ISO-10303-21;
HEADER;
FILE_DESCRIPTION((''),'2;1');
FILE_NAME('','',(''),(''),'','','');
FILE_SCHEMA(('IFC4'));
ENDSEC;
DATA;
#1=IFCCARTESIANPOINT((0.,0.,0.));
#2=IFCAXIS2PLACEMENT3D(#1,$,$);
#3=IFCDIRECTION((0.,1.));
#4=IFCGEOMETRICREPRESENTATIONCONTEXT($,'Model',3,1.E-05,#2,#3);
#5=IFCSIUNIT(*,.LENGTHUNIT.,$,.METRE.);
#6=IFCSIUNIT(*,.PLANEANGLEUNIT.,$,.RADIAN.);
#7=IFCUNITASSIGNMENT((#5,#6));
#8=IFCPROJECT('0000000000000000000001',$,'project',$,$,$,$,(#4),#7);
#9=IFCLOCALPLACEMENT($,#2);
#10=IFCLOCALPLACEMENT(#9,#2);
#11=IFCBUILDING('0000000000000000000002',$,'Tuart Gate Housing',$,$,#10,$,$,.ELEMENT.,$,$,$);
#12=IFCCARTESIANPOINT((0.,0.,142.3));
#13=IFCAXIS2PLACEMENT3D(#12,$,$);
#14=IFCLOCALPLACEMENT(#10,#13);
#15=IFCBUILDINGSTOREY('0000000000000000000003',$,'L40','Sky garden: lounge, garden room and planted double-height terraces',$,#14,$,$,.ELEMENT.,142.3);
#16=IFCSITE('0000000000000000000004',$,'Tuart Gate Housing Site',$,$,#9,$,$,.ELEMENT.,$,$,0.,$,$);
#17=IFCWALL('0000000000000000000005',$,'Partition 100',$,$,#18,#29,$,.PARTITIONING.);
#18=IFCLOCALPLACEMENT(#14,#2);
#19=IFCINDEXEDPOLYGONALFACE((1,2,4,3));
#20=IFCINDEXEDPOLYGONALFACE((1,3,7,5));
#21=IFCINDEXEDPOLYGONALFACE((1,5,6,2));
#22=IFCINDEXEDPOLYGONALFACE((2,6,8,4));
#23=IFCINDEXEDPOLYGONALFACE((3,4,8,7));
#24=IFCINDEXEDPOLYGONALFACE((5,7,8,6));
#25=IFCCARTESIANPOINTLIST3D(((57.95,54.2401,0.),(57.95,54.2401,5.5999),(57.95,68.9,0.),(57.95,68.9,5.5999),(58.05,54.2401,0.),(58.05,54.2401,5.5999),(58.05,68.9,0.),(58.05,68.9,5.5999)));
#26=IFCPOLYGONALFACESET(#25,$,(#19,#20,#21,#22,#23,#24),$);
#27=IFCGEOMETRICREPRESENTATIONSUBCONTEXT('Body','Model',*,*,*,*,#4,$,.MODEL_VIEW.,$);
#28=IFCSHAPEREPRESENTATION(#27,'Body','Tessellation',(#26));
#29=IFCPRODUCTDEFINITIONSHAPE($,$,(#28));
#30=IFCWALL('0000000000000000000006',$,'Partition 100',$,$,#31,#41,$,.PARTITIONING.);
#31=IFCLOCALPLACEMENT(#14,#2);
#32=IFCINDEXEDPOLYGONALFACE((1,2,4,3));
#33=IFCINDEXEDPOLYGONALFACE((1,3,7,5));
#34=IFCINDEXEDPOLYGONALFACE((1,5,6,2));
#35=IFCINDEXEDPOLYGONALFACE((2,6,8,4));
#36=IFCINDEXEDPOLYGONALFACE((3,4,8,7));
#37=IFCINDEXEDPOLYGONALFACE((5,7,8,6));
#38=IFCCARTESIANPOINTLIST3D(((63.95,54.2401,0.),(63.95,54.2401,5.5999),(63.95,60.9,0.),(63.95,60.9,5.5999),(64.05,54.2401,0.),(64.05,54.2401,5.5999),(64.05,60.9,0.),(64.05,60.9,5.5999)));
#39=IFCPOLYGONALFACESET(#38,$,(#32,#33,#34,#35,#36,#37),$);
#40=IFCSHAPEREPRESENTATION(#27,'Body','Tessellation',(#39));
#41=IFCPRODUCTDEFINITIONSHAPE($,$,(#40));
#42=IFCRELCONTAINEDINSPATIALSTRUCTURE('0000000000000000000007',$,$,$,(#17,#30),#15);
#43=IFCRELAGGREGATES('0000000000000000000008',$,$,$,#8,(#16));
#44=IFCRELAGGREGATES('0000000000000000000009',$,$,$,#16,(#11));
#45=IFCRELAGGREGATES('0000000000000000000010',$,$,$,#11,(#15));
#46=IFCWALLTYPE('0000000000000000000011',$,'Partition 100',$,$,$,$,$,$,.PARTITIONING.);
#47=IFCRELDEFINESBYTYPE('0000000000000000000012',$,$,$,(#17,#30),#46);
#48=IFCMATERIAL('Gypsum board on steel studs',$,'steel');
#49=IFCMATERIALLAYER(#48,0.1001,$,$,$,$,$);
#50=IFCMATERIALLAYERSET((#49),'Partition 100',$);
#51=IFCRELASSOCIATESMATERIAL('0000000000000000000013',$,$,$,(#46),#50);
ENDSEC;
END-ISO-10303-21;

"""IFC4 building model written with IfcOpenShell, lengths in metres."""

from ifc_helpers import new_model, si_unit, direction, frame, frame_2d, origin, place, context, subcontext, project, spatial, rectangle, extrude, material, layer, layer_set, type_object, element, save


model = new_model("IFC4")

# Units and contexts
model_context = context("Model", 3, precision=1e-05, world=origin(), true_north=direction((0.0, 1.0)))
body_context = subcontext(model_context, "Body", "Model", "MODEL_VIEW")
ifc_project = project(units=[si_unit("LENGTHUNIT", "METRE"), si_unit("PLANEANGLEUNIT", "RADIAN")], contexts=[model_context])

# Site, building, storey
site_placement = place(None, origin())
site = spatial("IfcSite", under=ifc_project, at=site_placement, Name="Tuart Gate Housing Site", CompositionType="ELEMENT", RefElevation=0.0)
building_placement = place(site_placement, origin())
building = spatial("IfcBuilding", under=site, at=building_placement, Name="Tuart Gate Housing", CompositionType="ELEMENT")
storey_placement = place(building_placement, frame((0.0, 0.0, 142.3)))
storey = spatial("IfcBuildingStorey", under=building, at=storey_placement, Name="L40", Description="Sky garden: lounge, garden room and planted double-height terraces", CompositionType="ELEMENT", Elevation=142.3)

# Walls
ifc_material_1 = material(Name="Gypsum board on steel studs", Category="steel")
ifc_layer_1 = layer(ifc_material_1, 0.1001)
ifc_layer_set_1 = layer_set([ifc_layer_1], Name="Partition 100")
wall_type_1 = type_object("IfcWallType", Name="Partition 100", PredefinedType="PARTITIONING", material=ifc_layer_set_1)
wall_1_placement = place(storey_placement, frame((58.0, 54.24, 0.0), z_axis=(0.0, 0.0, 1.0), x_axis=(0.0, 1.0, 0.0)))
element("IfcWall", 1, at=wall_1_placement, inside=storey, type_object=wall_type_1, Name="Partition 100", PredefinedType="PARTITIONING", context=body_context, shape_type="SweptSolid", body=[
    extrude(rectangle(XDim=14.6599, YDim=0.1001, at=frame_2d((7.3301, 0.0))), origin(), (0.0, 0.0, 1.0), 5.5999),
])
wall_2_placement = place(storey_placement, frame((64.0, 54.24, 0.0), z_axis=(0.0, 0.0, 1.0), x_axis=(0.0, 1.0, 0.0)))
element("IfcWall", 2, at=wall_2_placement, inside=storey, type_object=wall_type_1, Name="Partition 100", PredefinedType="PARTITIONING", context=body_context, shape_type="SweptSolid", body=[
    extrude(rectangle(XDim=6.6599, YDim=0.1001, at=frame_2d((3.3301, 0.0))), origin(), (0.0, 0.0, 1.0), 5.5999),
])

save(model, "model.ifc")
